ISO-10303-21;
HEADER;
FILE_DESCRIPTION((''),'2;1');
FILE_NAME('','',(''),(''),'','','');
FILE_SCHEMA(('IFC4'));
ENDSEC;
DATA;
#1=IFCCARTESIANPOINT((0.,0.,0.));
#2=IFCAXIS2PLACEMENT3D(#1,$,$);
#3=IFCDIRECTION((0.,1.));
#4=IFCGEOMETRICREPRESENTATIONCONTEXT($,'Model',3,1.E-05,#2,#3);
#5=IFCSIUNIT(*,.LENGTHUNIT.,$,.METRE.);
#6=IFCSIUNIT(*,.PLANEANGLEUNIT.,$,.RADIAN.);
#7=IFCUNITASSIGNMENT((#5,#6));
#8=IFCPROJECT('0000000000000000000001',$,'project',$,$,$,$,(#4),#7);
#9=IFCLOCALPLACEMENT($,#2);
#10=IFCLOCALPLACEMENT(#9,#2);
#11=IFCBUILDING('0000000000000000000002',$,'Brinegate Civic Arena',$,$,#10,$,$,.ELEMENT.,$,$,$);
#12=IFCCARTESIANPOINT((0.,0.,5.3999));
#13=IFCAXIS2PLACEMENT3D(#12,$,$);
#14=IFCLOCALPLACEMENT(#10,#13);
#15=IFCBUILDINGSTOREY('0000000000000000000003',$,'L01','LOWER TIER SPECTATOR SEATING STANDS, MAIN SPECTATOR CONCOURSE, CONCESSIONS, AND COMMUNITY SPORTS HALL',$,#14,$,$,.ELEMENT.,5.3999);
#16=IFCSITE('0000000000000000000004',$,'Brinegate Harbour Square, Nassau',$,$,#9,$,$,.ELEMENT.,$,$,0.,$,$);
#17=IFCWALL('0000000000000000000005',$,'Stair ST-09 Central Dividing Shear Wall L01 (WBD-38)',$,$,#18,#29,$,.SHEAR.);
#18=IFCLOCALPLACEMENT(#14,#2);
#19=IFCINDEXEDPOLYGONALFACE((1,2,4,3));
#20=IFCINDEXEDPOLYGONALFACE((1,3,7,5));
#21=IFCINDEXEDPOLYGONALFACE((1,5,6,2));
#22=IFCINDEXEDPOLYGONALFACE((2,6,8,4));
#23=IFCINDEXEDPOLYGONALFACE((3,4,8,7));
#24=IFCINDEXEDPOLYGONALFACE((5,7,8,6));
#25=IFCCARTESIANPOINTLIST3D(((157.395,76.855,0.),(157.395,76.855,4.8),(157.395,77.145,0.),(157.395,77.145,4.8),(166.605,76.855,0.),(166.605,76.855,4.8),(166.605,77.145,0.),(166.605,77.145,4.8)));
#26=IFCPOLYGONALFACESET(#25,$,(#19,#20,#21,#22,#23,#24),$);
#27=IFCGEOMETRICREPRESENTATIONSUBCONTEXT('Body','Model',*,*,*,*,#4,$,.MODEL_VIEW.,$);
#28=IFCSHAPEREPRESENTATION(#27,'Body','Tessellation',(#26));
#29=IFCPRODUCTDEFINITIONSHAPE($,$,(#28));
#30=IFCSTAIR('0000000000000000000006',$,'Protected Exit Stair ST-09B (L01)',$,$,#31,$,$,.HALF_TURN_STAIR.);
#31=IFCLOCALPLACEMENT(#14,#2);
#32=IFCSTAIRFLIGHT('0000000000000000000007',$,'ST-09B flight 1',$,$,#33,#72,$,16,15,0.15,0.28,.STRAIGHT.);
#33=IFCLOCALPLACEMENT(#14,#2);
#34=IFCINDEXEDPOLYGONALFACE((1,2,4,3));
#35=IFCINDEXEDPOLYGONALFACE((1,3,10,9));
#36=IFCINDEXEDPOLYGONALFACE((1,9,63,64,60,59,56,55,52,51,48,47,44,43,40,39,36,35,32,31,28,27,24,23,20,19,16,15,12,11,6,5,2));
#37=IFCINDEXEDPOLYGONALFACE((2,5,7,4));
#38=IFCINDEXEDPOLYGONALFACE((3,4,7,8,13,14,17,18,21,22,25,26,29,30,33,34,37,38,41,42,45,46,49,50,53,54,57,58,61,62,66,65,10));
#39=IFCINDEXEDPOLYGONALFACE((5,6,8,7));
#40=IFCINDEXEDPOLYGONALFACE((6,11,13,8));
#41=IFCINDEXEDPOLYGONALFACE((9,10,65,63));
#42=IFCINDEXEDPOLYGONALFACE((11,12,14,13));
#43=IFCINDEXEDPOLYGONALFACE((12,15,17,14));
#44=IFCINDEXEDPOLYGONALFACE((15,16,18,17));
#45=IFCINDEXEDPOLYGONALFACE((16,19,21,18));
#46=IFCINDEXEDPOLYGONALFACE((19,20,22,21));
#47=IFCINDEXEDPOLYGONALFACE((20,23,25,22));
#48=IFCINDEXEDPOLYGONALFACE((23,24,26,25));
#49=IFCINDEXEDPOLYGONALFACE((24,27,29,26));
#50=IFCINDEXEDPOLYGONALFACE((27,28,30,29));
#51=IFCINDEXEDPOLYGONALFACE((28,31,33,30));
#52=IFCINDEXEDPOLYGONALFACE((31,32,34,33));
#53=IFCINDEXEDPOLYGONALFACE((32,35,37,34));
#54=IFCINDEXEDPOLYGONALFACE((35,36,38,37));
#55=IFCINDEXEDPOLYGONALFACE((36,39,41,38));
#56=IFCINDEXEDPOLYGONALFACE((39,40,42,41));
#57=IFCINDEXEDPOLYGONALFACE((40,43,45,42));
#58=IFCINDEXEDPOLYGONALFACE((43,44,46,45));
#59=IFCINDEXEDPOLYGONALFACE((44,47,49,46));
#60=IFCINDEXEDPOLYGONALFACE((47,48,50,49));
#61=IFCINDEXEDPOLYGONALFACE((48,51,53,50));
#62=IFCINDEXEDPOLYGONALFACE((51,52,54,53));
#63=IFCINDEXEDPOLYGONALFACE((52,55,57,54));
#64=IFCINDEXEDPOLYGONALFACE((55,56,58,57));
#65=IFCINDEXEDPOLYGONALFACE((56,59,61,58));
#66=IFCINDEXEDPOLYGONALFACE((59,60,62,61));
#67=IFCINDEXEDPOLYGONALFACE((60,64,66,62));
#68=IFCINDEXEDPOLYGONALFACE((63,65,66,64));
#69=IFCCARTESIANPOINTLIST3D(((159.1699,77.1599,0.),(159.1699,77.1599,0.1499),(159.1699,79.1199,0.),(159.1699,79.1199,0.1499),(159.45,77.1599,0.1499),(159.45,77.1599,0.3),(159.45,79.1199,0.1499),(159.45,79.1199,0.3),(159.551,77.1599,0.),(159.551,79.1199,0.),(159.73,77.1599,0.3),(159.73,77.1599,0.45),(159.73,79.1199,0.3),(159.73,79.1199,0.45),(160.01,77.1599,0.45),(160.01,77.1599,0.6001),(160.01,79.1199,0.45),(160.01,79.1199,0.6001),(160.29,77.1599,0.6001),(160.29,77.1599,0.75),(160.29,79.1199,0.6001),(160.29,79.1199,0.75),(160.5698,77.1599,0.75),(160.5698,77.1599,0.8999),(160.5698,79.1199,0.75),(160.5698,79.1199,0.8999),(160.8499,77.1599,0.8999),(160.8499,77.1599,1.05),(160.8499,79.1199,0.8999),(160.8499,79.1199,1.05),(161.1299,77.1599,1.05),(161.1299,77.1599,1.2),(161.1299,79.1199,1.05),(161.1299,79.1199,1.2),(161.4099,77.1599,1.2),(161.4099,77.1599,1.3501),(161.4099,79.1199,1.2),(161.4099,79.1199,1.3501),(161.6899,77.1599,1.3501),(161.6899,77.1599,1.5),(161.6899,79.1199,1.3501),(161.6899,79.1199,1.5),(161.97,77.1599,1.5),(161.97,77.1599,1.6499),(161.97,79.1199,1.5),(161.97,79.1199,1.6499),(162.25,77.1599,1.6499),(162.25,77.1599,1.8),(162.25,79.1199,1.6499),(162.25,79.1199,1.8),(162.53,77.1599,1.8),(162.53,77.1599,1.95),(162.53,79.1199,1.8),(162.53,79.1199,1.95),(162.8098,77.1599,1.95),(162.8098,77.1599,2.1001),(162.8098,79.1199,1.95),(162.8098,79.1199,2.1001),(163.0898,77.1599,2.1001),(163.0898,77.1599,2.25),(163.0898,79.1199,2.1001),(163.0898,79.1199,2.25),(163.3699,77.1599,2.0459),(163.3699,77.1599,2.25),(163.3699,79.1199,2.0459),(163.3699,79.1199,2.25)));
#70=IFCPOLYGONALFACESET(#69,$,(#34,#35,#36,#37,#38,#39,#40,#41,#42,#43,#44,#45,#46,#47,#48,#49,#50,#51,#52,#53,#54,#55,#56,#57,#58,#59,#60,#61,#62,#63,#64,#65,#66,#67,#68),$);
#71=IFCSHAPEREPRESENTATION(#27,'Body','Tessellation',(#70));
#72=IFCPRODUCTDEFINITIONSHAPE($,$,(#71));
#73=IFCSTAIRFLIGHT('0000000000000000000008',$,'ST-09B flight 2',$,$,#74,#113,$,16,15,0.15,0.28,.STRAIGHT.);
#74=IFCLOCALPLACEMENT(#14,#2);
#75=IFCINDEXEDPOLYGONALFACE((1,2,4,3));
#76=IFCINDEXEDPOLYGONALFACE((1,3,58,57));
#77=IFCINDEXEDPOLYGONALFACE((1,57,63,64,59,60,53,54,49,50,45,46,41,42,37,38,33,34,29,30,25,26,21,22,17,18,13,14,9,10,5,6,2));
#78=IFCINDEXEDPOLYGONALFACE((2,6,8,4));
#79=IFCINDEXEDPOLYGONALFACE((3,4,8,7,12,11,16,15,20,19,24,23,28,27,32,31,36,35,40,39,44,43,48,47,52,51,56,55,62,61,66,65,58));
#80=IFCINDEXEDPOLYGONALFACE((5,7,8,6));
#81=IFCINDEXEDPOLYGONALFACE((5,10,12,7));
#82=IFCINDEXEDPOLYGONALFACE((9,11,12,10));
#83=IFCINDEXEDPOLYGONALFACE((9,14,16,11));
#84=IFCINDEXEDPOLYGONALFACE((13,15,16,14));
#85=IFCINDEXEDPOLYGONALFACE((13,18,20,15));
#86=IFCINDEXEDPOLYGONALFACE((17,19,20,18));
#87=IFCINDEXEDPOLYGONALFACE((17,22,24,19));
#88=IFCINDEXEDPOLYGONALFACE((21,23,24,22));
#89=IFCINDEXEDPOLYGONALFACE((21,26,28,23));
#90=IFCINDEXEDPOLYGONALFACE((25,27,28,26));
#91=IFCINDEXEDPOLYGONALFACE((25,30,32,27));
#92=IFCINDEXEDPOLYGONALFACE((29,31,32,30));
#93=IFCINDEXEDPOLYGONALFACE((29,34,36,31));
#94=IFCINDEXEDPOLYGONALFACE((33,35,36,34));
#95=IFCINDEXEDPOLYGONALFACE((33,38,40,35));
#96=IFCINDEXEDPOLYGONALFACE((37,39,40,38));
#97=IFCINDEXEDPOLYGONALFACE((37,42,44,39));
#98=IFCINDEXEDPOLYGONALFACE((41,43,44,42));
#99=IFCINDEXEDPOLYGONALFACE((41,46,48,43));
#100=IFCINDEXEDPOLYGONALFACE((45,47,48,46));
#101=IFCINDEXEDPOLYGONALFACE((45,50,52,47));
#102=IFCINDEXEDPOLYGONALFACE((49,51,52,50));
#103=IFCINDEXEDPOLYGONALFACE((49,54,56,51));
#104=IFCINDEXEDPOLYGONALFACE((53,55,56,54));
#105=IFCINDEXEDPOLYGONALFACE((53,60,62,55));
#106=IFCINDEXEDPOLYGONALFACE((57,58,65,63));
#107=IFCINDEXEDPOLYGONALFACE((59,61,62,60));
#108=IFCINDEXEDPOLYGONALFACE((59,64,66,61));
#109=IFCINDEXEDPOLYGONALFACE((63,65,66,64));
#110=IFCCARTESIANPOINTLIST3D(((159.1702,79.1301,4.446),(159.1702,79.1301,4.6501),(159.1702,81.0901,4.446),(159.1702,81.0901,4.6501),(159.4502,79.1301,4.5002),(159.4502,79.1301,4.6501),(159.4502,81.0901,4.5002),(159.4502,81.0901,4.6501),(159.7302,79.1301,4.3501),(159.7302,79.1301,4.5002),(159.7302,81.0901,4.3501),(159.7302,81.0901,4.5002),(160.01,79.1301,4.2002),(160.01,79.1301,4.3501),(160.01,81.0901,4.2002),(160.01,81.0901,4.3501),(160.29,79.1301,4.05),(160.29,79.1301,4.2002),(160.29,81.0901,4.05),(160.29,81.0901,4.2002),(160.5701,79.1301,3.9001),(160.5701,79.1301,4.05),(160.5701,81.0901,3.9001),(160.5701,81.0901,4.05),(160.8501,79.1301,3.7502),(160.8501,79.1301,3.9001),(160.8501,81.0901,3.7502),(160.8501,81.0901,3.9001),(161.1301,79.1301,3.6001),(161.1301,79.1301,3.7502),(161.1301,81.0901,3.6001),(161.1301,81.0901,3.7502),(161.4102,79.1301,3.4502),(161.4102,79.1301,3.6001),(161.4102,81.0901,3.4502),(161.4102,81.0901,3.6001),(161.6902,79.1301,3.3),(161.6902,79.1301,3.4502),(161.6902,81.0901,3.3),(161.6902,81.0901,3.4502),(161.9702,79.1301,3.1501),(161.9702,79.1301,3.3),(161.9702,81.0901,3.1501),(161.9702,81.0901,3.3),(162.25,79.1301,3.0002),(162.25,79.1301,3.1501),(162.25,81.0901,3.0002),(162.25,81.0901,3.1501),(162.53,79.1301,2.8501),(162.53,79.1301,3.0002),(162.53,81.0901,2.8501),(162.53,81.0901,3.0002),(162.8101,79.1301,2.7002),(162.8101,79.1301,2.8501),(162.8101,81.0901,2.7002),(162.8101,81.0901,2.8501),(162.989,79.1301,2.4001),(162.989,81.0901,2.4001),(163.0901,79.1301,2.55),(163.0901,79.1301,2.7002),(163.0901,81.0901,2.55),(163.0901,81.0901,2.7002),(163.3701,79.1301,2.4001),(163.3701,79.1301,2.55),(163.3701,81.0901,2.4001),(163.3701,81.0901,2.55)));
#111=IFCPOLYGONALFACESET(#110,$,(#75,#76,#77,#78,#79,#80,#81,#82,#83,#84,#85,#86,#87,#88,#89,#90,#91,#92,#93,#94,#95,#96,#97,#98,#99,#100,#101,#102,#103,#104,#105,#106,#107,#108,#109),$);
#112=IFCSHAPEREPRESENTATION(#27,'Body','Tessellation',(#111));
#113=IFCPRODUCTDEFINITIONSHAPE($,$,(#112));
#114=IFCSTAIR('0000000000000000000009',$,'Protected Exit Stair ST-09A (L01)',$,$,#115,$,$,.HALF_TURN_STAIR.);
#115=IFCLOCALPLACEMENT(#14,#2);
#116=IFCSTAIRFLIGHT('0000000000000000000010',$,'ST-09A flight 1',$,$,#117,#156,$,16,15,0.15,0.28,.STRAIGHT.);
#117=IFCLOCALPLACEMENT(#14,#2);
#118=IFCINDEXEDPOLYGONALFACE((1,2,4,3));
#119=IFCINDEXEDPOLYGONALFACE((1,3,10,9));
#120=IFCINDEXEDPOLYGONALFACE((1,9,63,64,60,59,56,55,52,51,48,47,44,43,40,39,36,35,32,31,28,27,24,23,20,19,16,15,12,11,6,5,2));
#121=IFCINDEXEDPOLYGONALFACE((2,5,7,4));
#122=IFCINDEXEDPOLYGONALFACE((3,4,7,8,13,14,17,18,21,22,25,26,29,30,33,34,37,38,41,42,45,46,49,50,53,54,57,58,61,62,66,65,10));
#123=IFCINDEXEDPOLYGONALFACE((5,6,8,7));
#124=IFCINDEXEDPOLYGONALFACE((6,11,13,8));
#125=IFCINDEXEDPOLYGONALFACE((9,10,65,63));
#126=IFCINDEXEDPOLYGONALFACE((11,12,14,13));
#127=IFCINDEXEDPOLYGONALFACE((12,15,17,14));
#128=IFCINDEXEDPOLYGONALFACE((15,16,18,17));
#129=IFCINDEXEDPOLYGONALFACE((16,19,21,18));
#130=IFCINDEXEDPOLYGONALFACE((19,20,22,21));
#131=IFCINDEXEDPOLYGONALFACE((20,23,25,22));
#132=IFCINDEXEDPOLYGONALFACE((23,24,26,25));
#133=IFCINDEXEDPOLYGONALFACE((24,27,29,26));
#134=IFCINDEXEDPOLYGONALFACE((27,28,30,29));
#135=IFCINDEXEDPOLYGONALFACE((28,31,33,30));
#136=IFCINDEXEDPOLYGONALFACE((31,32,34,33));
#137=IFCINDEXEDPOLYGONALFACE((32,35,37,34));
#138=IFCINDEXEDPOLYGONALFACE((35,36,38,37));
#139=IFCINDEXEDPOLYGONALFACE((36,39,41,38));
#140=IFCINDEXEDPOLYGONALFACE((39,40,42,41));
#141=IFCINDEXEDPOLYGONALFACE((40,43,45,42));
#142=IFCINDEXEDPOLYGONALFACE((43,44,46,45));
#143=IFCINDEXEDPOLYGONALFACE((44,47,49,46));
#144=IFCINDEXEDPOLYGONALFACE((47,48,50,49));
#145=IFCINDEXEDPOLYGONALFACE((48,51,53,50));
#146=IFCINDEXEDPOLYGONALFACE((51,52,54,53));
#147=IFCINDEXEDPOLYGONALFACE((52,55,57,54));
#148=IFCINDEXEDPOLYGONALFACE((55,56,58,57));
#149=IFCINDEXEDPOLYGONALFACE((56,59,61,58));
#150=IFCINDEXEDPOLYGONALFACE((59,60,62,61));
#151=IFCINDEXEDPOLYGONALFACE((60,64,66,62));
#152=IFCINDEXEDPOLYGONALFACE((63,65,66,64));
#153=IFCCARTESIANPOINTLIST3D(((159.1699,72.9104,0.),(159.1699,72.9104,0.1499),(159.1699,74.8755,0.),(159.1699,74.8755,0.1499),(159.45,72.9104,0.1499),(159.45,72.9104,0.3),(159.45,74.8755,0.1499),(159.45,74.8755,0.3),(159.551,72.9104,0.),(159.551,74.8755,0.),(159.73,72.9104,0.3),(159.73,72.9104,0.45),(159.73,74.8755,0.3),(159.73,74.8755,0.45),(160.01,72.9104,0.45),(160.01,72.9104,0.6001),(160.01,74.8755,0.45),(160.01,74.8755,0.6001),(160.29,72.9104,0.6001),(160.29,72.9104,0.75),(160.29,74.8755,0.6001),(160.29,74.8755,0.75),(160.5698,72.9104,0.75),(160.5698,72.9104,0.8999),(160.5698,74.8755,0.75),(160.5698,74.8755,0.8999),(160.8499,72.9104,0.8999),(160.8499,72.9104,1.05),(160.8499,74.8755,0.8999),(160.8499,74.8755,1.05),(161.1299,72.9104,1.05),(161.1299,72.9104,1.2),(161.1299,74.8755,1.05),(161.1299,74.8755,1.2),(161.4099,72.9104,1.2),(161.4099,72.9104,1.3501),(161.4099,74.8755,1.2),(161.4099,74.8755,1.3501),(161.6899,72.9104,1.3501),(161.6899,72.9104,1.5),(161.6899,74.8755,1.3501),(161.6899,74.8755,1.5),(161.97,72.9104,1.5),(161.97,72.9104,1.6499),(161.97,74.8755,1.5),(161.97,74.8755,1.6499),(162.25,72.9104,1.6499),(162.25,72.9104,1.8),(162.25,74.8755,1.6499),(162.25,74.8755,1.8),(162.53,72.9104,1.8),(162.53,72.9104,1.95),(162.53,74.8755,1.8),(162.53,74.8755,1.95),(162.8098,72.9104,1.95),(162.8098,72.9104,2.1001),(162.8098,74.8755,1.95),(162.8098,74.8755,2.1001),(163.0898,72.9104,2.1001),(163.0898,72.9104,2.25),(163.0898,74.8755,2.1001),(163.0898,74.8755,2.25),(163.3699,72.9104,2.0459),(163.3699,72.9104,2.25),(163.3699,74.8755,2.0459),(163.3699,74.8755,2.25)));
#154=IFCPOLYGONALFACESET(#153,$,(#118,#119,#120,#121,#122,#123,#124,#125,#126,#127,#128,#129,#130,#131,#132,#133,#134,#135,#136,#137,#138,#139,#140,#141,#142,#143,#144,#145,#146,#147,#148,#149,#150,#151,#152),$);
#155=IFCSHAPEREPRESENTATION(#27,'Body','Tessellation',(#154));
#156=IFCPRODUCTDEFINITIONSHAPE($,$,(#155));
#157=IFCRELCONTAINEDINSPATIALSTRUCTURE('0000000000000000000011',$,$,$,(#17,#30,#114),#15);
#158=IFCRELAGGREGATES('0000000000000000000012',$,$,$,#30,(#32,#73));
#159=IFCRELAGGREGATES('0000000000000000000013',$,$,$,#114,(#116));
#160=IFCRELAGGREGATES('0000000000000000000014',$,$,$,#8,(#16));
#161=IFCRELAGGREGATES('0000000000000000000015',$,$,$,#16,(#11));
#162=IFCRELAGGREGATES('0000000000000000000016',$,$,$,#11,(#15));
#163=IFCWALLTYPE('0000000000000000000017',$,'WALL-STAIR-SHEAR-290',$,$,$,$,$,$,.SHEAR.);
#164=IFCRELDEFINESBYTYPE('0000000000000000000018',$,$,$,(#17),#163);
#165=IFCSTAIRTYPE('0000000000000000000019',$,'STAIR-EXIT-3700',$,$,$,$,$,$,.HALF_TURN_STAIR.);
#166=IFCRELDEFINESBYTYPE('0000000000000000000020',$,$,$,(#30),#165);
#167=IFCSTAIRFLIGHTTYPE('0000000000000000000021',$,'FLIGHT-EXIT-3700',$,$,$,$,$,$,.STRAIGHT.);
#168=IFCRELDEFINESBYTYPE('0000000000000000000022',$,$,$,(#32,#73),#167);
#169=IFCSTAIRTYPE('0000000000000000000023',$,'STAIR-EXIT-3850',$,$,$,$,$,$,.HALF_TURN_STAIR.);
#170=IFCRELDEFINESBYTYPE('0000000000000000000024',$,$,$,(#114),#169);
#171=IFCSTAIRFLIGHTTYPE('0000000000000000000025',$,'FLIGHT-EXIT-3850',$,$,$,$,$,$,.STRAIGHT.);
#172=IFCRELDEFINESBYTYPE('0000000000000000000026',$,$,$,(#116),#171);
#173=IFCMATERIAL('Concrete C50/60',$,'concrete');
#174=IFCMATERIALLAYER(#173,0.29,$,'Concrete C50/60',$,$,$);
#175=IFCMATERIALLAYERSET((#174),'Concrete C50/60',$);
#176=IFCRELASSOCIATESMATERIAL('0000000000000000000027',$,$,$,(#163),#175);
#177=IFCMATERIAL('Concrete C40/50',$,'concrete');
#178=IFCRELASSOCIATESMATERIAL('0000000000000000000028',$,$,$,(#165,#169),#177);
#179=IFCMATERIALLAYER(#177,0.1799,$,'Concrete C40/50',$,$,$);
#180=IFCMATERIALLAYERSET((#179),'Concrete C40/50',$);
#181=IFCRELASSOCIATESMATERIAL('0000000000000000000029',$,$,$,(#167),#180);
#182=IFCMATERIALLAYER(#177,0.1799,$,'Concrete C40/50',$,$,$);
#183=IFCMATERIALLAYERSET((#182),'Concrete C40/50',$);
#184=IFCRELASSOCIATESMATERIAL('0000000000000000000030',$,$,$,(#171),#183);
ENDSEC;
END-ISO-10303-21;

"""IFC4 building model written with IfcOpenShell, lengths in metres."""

from ifc_helpers import new_model, si_unit, direction, frame, frame_2d, origin, place, context, subcontext, project, spatial, polyline, rectangle, outline, extrude, material, layer, layer_set, type_object, element, aggregate, save


model = new_model("IFC4")

# Units and contexts
model_context = context("Model", 3, precision=1e-05, world=origin(), true_north=direction((0.0, 1.0)))
body_context = subcontext(model_context, "Body", "Model", "MODEL_VIEW")
ifc_project = project(units=[si_unit("LENGTHUNIT", "METRE"), si_unit("PLANEANGLEUNIT", "RADIAN")], contexts=[model_context])

# Site, building, storey
site_placement = place(None, origin())
site = spatial("IfcSite", under=ifc_project, at=site_placement, Name="Brinegate Harbour Square, Nassau", CompositionType="ELEMENT", RefElevation=0.0)
building_placement = place(site_placement, origin())
building = spatial("IfcBuilding", under=site, at=building_placement, Name="Brinegate Civic Arena", CompositionType="ELEMENT")
storey_placement = place(building_placement, frame((0.0, 0.0, 5.3999)))
storey = spatial("IfcBuildingStorey", under=building, at=storey_placement, Name="L01", Description="LOWER TIER SPECTATOR SEATING STANDS, MAIN SPECTATOR CONCOURSE, CONCESSIONS, AND COMMUNITY SPORTS HALL", CompositionType="ELEMENT", Elevation=5.3999)

# Shared definitions
ifc_material_1 = material(Name="Concrete C50/60", Category="concrete")

# Wall
ifc_layer_1 = layer(ifc_material_1, 0.29, Name="Concrete C50/60")
ifc_layer_set_1 = layer_set([ifc_layer_1], Name="Concrete C50/60")
wall_type_1 = type_object("IfcWallType", Name="WALL-STAIR-SHEAR-290", PredefinedType="SHEAR", material=ifc_layer_set_1)
wall_1_placement = place(storey_placement, frame((157.395, 77.0, 0.0), z_axis=(0.0, 0.0, 1.0), x_axis=(1.0, 0.0, 0.0)))
element("IfcWall", 1, at=wall_1_placement, inside=storey, type_object=wall_type_1, Name="Stair ST-09 Central Dividing Shear Wall L01 (WBD-38)", PredefinedType="SHEAR", context=body_context, shape_type="SweptSolid", body=[
    extrude(rectangle(XDim=9.21, YDim=0.29, at=frame_2d((4.605, 0.0))), origin(), (0.0, 0.0, 1.0), 4.8),
])

# Stairs, stair flights
ifc_material_2 = material(Name="Concrete C40/50", Category="concrete")
stair_type_1 = type_object("IfcStairType", Name="STAIR-EXIT-3700", PredefinedType="HALF_TURN_STAIR", material=ifc_material_2)
stair_1_placement = place(storey_placement, origin())
stair_1 = element("IfcStair", 2, at=stair_1_placement, inside=storey, type_object=stair_type_1, Name="Protected Exit Stair ST-09B (L01)", PredefinedType="HALF_TURN_STAIR")
ifc_layer_2 = layer(ifc_material_2, 0.1799, Name="Concrete C40/50")
ifc_layer_set_2 = layer_set([ifc_layer_2], Name="Concrete C40/50")
stair_flight_type_1 = type_object("IfcStairFlightType", Name="FLIGHT-EXIT-3700", PredefinedType="STRAIGHT", material=ifc_layer_set_2)
stair_flight_1_placement = place(storey_placement, frame((159.1699, 78.1399, 0.0), z_axis=(0.0, 0.0, 1.0), x_axis=(1.0, 0.0, 0.0)))
stair_flight_1 = element("IfcStairFlight", 3, at=stair_flight_1_placement, type_object=stair_flight_type_1, Name="ST-09B flight 1", NumberOfRisers=16, NumberOfTreads=15, PredefinedType="STRAIGHT", RiserHeight=0.15, TreadLength=0.28, context=body_context, shape_type="SweptSolid", body=[
    extrude(outline(polyline([(0.0, 0.0), (0.0, 0.1499), (0.28, 0.1499), (0.28, 0.3), (0.5601, 0.3), (0.5601, 0.45), (0.8401, 0.45), (0.8401, 0.6001), (1.1201, 0.6001), (1.1201, 0.75), (1.3999, 0.75), (1.3999, 0.8999), (1.6799, 0.8999), (1.6799, 1.05), (1.96, 1.05), (1.96, 1.2), (2.24, 1.2), (2.24, 1.3501), (2.52, 1.3501), (2.52, 1.5), (2.8, 1.5), (2.8, 1.6499), (3.0801, 1.6499), (3.0801, 1.8), (3.3601, 1.8), (3.3601, 1.95), (3.6399, 1.95), (3.6399, 2.1001), (3.9199, 2.1001), (3.9199, 2.25), (4.2, 2.25), (4.2, 2.3999), (4.2, 2.0459), (0.3811, 0.0), (0.0, 0.0)])), frame((0.0, 0.98, 0.0), z_axis=(0.0, -1.0, 0.0), x_axis=(1.0, 0.0, 0.0)), (0.0, 0.0, 1.0), 1.96),
])
stair_flight_2_placement = place(storey_placement, frame((163.3701, 80.1101, 2.4001), z_axis=(0.0, 0.0, 1.0), x_axis=(-1.0, 0.0, 0.0)))
stair_flight_2 = element("IfcStairFlight", 4, at=stair_flight_2_placement, type_object=stair_flight_type_1, Name="ST-09B flight 2", NumberOfRisers=16, NumberOfTreads=15, PredefinedType="STRAIGHT", RiserHeight=0.15, TreadLength=0.28, context=body_context, shape_type="SweptSolid", body=[
    extrude(outline(polyline([(0.0, 0.0), (0.0, 0.1499), (0.28, 0.1499), (0.28, 0.3), (0.5601, 0.3), (0.5601, 0.45), (0.8401, 0.45), (0.8401, 0.6001), (1.1201, 0.6001), (1.1201, 0.75), (1.3999, 0.75), (1.3999, 0.8999), (1.6799, 0.8999), (1.6799, 1.05), (1.96, 1.05), (1.96, 1.2), (2.24, 1.2), (2.24, 1.3501), (2.52, 1.3501), (2.52, 1.5), (2.8, 1.5), (2.8, 1.6499), (3.0801, 1.6499), (3.0801, 1.8), (3.3601, 1.8), (3.3601, 1.95), (3.6399, 1.95), (3.6399, 2.1001), (3.9199, 2.1001), (3.9199, 2.25), (4.2, 2.25), (4.2, 2.3999), (4.2, 2.0459), (0.3811, 0.0), (0.0, 0.0)])), frame((0.0, 0.98, 0.0), z_axis=(0.0, -1.0, 0.0), x_axis=(1.0, 0.0, 0.0)), (0.0, 0.0, 1.0), 1.96),
])
aggregate(stair_1, [stair_flight_1, stair_flight_2])
stair_type_2 = type_object("IfcStairType", Name="STAIR-EXIT-3850", PredefinedType="HALF_TURN_STAIR", material=ifc_material_2)
stair_2_placement = place(storey_placement, origin())
stair_2 = element("IfcStair", 5, at=stair_2_placement, inside=storey, type_object=stair_type_2, Name="Protected Exit Stair ST-09A (L01)", PredefinedType="HALF_TURN_STAIR")
ifc_layer_3 = layer(ifc_material_2, 0.1799, Name="Concrete C40/50")
ifc_layer_set_3 = layer_set([ifc_layer_3], Name="Concrete C40/50")
stair_flight_type_2 = type_object("IfcStairFlightType", Name="FLIGHT-EXIT-3850", PredefinedType="STRAIGHT", material=ifc_layer_set_3)
stair_flight_3_placement = place(storey_placement, frame((159.1699, 73.8931, 0.0), z_axis=(0.0, 0.0, 1.0), x_axis=(1.0, 0.0, 0.0)))
stair_flight_3 = element("IfcStairFlight", 6, at=stair_flight_3_placement, type_object=stair_flight_type_2, Name="ST-09A flight 1", NumberOfRisers=16, NumberOfTreads=15, PredefinedType="STRAIGHT", RiserHeight=0.15, TreadLength=0.28, context=body_context, shape_type="SweptSolid", body=[
    extrude(outline(polyline([(0.0, 0.0), (0.0, 0.1499), (0.28, 0.1499), (0.28, 0.3), (0.5601, 0.3), (0.5601, 0.45), (0.8401, 0.45), (0.8401, 0.6001), (1.1201, 0.6001), (1.1201, 0.75), (1.3999, 0.75), (1.3999, 0.8999), (1.6799, 0.8999), (1.6799, 1.05), (1.96, 1.05), (1.96, 1.2), (2.24, 1.2), (2.24, 1.3501), (2.52, 1.3501), (2.52, 1.5), (2.8, 1.5), (2.8, 1.6499), (3.0801, 1.6499), (3.0801, 1.8), (3.3601, 1.8), (3.3601, 1.95), (3.6399, 1.95), (3.6399, 2.1001), (3.9199, 2.1001), (3.9199, 2.25), (4.2, 2.25), (4.2, 2.3999), (4.2, 2.0459), (0.3811, 0.0), (0.0, 0.0)])), frame((0.0, 0.9824, 0.0), z_axis=(0.0, -1.0, 0.0), x_axis=(1.0, 0.0, 0.0)), (0.0, 0.0, 1.0), 1.9651),
])
aggregate(stair_2, [stair_flight_3])

save(model, "model.ifc")
